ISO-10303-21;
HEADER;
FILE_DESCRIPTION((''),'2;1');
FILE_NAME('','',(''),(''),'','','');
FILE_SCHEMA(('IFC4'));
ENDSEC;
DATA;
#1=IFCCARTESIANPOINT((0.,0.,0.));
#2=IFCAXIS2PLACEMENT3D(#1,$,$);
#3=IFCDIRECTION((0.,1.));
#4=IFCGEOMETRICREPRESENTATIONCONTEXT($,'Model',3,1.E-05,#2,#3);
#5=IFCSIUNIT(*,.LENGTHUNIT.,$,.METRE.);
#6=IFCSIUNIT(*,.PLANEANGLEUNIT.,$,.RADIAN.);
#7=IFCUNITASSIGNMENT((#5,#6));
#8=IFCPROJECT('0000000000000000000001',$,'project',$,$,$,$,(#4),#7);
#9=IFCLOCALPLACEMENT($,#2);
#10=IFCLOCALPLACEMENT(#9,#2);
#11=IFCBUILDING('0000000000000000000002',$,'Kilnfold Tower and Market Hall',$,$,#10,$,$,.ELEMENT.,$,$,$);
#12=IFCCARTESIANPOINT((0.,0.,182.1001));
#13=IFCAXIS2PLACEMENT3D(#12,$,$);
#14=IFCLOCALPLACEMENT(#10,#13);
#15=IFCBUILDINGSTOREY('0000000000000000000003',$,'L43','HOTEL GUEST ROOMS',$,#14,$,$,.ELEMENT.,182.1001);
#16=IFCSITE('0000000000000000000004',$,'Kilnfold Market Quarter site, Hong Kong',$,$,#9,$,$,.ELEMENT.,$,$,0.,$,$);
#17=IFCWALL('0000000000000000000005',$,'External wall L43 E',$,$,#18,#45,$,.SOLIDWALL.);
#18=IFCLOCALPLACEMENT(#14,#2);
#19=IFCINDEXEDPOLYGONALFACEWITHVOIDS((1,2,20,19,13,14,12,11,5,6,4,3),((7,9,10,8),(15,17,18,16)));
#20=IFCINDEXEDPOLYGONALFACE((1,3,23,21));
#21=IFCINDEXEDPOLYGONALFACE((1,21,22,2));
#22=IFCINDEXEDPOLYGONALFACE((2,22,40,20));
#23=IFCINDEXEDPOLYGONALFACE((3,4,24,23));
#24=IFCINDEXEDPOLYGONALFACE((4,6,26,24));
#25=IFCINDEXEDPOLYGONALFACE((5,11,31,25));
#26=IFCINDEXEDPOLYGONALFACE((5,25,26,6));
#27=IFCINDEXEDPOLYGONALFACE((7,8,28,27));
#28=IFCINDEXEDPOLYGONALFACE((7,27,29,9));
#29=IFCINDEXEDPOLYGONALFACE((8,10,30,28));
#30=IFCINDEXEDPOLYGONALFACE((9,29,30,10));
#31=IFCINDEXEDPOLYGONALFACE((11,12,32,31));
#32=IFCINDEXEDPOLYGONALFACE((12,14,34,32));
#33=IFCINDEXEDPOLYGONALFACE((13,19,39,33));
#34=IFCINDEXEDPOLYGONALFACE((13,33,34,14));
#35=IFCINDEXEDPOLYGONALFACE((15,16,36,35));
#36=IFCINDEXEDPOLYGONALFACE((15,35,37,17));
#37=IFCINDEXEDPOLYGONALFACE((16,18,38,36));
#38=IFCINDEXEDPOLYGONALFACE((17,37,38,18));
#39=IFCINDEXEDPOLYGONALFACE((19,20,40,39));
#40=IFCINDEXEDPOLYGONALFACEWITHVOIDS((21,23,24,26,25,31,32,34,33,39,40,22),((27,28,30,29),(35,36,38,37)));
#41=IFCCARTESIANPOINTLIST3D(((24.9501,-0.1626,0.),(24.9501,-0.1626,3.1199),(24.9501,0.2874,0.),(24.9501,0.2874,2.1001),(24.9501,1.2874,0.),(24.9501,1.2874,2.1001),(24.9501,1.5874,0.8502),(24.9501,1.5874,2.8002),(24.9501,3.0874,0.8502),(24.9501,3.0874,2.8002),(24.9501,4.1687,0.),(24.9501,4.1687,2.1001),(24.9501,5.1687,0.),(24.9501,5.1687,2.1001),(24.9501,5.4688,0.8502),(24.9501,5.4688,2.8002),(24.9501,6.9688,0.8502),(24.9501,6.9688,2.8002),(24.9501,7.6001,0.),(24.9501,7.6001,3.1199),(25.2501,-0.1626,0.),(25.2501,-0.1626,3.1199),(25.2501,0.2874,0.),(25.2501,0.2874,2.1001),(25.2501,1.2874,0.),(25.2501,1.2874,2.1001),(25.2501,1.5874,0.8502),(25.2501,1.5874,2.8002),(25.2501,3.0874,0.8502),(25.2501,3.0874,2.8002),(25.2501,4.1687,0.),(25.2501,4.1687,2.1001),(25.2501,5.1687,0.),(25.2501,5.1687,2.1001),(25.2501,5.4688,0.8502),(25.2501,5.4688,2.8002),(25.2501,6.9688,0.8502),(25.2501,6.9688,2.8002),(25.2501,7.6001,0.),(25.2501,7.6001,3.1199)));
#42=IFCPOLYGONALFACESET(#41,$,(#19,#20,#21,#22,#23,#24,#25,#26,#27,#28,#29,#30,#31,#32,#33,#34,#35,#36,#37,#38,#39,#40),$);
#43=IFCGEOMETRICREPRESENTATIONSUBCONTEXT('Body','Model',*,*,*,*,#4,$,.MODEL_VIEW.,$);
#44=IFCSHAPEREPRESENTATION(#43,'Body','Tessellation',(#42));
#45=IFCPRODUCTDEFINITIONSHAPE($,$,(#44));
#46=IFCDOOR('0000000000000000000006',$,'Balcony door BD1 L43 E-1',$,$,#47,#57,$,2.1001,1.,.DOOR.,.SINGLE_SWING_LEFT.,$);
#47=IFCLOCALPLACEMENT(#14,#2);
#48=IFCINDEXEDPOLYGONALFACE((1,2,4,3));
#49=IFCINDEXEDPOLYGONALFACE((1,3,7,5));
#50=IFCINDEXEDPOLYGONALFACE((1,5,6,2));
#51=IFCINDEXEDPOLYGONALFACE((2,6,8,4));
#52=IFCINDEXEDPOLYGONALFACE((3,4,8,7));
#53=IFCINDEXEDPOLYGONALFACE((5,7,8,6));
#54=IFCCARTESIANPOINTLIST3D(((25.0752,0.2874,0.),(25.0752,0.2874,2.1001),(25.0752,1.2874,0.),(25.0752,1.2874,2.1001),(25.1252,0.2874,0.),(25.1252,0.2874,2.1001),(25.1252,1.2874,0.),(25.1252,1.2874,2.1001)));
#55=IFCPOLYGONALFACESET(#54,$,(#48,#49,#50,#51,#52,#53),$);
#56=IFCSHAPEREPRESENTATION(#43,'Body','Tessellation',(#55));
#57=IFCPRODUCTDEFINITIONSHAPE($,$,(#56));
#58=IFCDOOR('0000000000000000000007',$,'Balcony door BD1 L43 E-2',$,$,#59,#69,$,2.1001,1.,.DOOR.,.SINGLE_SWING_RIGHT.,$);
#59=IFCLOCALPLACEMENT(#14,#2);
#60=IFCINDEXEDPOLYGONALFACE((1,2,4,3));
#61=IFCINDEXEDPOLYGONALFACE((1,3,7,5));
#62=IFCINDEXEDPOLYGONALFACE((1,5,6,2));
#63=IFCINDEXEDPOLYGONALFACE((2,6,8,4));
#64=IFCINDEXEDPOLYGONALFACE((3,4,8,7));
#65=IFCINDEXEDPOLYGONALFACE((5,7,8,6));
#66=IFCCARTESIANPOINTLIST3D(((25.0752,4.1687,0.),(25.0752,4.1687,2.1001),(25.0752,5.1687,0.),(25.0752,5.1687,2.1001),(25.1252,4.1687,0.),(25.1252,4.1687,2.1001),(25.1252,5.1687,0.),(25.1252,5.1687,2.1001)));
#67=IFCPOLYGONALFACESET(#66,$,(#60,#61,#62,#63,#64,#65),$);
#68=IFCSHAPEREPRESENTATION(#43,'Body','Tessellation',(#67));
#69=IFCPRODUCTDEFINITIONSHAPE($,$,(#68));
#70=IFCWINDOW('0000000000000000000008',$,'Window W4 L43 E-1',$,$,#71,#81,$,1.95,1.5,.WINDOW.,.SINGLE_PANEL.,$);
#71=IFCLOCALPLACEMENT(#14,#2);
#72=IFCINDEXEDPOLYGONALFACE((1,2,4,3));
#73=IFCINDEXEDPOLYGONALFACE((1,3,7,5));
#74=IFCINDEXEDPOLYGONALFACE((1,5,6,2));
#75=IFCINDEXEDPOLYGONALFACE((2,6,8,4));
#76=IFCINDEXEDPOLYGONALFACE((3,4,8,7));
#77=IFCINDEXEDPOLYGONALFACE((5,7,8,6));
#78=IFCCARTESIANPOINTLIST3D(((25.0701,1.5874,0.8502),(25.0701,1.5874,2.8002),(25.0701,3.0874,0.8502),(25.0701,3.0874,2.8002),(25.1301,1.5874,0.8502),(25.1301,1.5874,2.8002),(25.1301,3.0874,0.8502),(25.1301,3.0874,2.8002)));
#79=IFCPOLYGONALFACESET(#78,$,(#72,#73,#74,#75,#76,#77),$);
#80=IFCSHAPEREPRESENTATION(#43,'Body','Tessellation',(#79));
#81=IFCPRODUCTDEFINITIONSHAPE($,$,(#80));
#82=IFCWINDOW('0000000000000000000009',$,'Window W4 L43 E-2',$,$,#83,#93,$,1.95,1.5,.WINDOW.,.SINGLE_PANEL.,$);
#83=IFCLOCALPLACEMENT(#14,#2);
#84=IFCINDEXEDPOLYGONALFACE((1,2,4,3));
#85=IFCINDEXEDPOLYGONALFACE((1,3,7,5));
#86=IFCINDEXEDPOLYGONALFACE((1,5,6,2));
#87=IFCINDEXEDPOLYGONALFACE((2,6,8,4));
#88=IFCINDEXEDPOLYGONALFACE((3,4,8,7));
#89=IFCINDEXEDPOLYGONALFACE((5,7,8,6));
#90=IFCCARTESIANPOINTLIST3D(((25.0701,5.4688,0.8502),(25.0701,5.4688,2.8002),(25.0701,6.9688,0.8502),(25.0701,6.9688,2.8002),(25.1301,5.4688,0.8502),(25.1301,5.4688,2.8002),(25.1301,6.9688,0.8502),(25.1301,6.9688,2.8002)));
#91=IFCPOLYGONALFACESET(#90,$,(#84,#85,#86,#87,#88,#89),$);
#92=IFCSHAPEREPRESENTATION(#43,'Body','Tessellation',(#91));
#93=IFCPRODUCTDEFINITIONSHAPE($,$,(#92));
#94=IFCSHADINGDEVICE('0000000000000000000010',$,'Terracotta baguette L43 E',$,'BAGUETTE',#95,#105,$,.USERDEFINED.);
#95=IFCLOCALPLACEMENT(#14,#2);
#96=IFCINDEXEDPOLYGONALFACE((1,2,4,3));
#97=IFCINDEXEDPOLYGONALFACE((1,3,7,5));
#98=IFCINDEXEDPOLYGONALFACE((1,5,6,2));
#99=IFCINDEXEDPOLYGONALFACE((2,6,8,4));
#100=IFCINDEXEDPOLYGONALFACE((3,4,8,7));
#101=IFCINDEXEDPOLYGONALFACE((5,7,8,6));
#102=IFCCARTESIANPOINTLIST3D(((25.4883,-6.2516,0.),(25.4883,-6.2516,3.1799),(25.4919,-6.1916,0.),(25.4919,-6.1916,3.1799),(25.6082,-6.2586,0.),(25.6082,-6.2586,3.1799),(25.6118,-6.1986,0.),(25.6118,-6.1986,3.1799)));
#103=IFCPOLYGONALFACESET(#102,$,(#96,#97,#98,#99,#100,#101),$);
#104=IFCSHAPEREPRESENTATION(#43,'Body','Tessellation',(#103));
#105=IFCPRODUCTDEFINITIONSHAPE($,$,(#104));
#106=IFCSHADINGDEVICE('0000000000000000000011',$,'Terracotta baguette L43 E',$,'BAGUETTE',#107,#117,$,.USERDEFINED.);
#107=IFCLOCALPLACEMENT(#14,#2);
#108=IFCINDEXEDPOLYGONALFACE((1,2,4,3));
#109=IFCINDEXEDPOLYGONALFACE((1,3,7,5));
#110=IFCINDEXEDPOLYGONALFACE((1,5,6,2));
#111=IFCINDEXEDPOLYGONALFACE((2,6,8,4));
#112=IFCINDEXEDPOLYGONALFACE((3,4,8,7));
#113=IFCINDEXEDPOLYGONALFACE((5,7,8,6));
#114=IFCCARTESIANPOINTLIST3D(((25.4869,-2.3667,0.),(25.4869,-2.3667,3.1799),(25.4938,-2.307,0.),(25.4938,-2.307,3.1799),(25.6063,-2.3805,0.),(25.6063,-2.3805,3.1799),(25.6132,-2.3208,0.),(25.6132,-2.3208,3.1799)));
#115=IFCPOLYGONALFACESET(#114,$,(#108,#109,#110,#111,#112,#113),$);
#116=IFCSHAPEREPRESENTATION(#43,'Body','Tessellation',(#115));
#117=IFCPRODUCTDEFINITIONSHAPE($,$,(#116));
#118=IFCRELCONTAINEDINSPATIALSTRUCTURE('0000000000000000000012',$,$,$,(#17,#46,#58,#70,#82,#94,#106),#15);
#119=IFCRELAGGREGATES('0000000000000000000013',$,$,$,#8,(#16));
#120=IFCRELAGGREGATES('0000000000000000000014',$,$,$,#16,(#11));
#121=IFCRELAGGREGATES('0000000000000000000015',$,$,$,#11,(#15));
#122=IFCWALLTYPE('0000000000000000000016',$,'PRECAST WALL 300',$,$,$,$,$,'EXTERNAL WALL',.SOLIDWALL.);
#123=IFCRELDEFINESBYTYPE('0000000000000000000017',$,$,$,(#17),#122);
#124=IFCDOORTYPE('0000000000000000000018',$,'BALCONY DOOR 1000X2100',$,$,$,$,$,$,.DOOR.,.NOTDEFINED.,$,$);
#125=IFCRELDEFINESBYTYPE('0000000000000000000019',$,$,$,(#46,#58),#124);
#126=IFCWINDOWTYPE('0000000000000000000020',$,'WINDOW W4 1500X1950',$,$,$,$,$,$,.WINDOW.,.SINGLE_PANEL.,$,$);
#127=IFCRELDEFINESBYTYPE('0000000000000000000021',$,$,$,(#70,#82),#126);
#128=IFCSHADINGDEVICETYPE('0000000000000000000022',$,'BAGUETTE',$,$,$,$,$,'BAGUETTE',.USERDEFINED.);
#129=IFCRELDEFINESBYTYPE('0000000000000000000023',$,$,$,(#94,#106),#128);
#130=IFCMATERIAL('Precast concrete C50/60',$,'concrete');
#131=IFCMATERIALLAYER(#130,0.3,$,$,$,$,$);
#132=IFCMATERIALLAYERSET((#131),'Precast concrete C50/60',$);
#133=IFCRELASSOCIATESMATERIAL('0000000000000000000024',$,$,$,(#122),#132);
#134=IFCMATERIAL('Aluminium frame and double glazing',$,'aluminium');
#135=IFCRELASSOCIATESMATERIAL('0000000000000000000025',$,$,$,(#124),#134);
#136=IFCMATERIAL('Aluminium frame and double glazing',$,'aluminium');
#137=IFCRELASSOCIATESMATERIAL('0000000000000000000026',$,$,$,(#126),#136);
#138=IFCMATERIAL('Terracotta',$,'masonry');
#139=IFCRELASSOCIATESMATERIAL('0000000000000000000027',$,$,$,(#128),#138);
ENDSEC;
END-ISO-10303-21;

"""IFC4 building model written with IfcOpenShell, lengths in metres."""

from ifc_helpers import new_model, si_unit, direction, frame, frame_2d, origin, origin_2d, place, context, subcontext, project, spatial, rectangle, extrude, source, transform, mapped, material, layer, layer_set, material_profile, profile_set, type_object, element, fill, save


model = new_model("IFC4")

# Units and contexts
model_context = context("Model", 3, precision=1e-05, world=origin(), true_north=direction((0.0, 1.0)))
body_context = subcontext(model_context, "Body", "Model", "MODEL_VIEW")
ifc_project = project(units=[si_unit("LENGTHUNIT", "METRE"), si_unit("PLANEANGLEUNIT", "RADIAN")], contexts=[model_context])

# Site, building, storey
site_placement = place(None, origin())
site = spatial("IfcSite", under=ifc_project, at=site_placement, Name="Kilnfold Market Quarter site, Hong Kong", CompositionType="ELEMENT", RefElevation=0.0)
building_placement = place(site_placement, origin())
building = spatial("IfcBuilding", under=site, at=building_placement, Name="Kilnfold Tower and Market Hall", CompositionType="ELEMENT")
storey_placement = place(building_placement, frame((0.0, 0.0, 182.1001)))
storey = spatial("IfcBuildingStorey", under=building, at=storey_placement, Name="L43", Description="HOTEL GUEST ROOMS", CompositionType="ELEMENT", Elevation=182.1001)

# Wall, openings, doors, windows
ifc_material_1 = material(Name="Precast concrete C50/60", Category="concrete")
ifc_layer_1 = layer(ifc_material_1, 0.3)
ifc_layer_set_1 = layer_set([ifc_layer_1], Name="Precast concrete C50/60")
wall_type_1 = type_object("IfcWallType", Name="PRECAST WALL 300", ElementType="EXTERNAL WALL", PredefinedType="SOLIDWALL", material=ifc_layer_set_1)
shared_shape_1 = source(origin(), body_context, "Body", "SweptSolid", [
    extrude(rectangle(XDim=7.7627, YDim=0.3, at=frame_2d((3.8813, 0.0))), origin(), (0.0, 0.0, 1.0), 3.1199),
])
ifc_material_2 = material(Name="Aluminium frame and double glazing", Category="aluminium")
door_type_1 = type_object("IfcDoorType", Name="BALCONY DOOR 1000X2100", OperationType="NOTDEFINED", PredefinedType="DOOR", material=ifc_material_2)
ifc_material_3 = material(Name="Aluminium frame and double glazing", Category="aluminium")
window_type = type_object("IfcWindowType", Name="WINDOW W4 1500X1950", PartitioningType="SINGLE_PANEL", PredefinedType="WINDOW", material=ifc_material_3)
wall_1_placement = place(storey_placement, frame((25.1001, -0.1626, 0.0), z_axis=(0.0, 0.0, 1.0), x_axis=(0.0, 1.0, 0.0)))
wall_1 = element("IfcWall", 1, at=wall_1_placement, inside=storey, type_object=wall_type_1, Name="External wall L43 E", PredefinedType="SOLIDWALL", context=body_context, shape_type="MappedRepresentation", body=[
    mapped(shared_shape_1, transform((0.0, 0.0, 0.0))),
])
opening_1_placement = place(wall_1_placement, frame((1.75, 0.0, 0.8501)))
opening_1 = element("IfcOpeningElement", 2, at=opening_1_placement, cuts=wall_1, PredefinedType="OPENING", context=body_context, shape_type="SweptSolid", body=[
    extrude(rectangle(XDim=1.5, YDim=1.95, at=frame_2d((0.75, 0.9751))), frame((0.0, 0.1602, 0.0), z_axis=(0.0, -1.0, 0.0), x_axis=(1.0, 0.0, 0.0)), (0.0, 0.0, 1.0), 0.3201),
])
opening_2_placement = place(wall_1_placement, frame((0.45, 0.0, 0.0)))
opening_2 = element("IfcOpeningElement", 3, at=opening_2_placement, cuts=wall_1, PredefinedType="OPENING", context=body_context, shape_type="SweptSolid", body=[
    extrude(rectangle(XDim=1.0, YDim=2.1001, at=frame_2d((0.5, 1.05))), frame((0.0, 0.1602, 0.0), z_axis=(0.0, -1.0, 0.0), x_axis=(1.0, 0.0, 0.0)), (0.0, 0.0, 1.0), 0.3201),
])
opening_3_placement = place(wall_1_placement, frame((5.6313, 0.0, 0.8501)))
opening_3 = element("IfcOpeningElement", 4, at=opening_3_placement, cuts=wall_1, PredefinedType="OPENING", context=body_context, shape_type="SweptSolid", body=[
    extrude(rectangle(XDim=1.5, YDim=1.95, at=frame_2d((0.75, 0.9751))), frame((0.0, 0.1602, 0.0), z_axis=(0.0, -1.0, 0.0), x_axis=(1.0, 0.0, 0.0)), (0.0, 0.0, 1.0), 0.3201),
])
opening_4_placement = place(wall_1_placement, frame((4.3313, 0.0, 0.0)))
opening_4 = element("IfcOpeningElement", 5, at=opening_4_placement, cuts=wall_1, PredefinedType="OPENING", context=body_context, shape_type="SweptSolid", body=[
    extrude(rectangle(XDim=1.0, YDim=2.1001, at=frame_2d((0.5, 1.05))), frame((0.0, 0.1602, 0.0), z_axis=(0.0, -1.0, 0.0), x_axis=(1.0, 0.0, 0.0)), (0.0, 0.0, 1.0), 0.3201),
])
door_1_placement = place(opening_2_placement, origin())
door_1 = element("IfcDoor", 6, at=door_1_placement, inside=storey, type_object=door_type_1, Name="Balcony door BD1 L43 E-1", OperationType="SINGLE_SWING_LEFT", OverallHeight=2.1001, OverallWidth=1.0, PredefinedType="DOOR", context=body_context, shape_type="SweptSolid", body=[
    extrude(rectangle(XDim=1.0, YDim=2.1001, at=frame_2d((0.5, 1.05))), frame((0.0, 0.0249, 0.0), z_axis=(0.0, -1.0, 0.0), x_axis=(1.0, 0.0, 0.0)), (0.0, 0.0, 1.0), 0.05),
])
fill(opening_2, door_1)
door_2_placement = place(opening_4_placement, origin())
door_2 = element("IfcDoor", 7, at=door_2_placement, inside=storey, type_object=door_type_1, Name="Balcony door BD1 L43 E-2", OperationType="SINGLE_SWING_RIGHT", OverallHeight=2.1001, OverallWidth=1.0, PredefinedType="DOOR", context=body_context, shape_type="SweptSolid", body=[
    extrude(rectangle(XDim=1.0, YDim=2.1001, at=frame_2d((0.5, 1.05))), frame((0.0, 0.0249, 0.0), z_axis=(0.0, -1.0, 0.0), x_axis=(1.0, 0.0, 0.0)), (0.0, 0.0, 1.0), 0.05),
])
fill(opening_4, door_2)
window_1_placement = place(opening_1_placement, origin())
window_1 = element("IfcWindow", 8, at=window_1_placement, inside=storey, type_object=window_type, Name="Window W4 L43 E-1", OverallHeight=1.95, OverallWidth=1.5, PartitioningType="SINGLE_PANEL", PredefinedType="WINDOW", context=body_context, shape_type="SweptSolid", body=[
    extrude(rectangle(XDim=1.5, YDim=1.95, at=frame_2d((0.75, 0.9751))), frame((0.0, 0.03, 0.0), z_axis=(0.0, -1.0, 0.0), x_axis=(1.0, 0.0, 0.0)), (0.0, 0.0, 1.0), 0.0601),
])
fill(opening_1, window_1)
window_2_placement = place(opening_3_placement, origin())
window_2 = element("IfcWindow", 9, at=window_2_placement, inside=storey, type_object=window_type, Name="Window W4 L43 E-2", OverallHeight=1.95, OverallWidth=1.5, PartitioningType="SINGLE_PANEL", PredefinedType="WINDOW", context=body_context, shape_type="SweptSolid", body=[
    extrude(rectangle(XDim=1.5, YDim=1.95, at=frame_2d((0.75, 0.9751))), frame((0.0, 0.03, 0.0), z_axis=(0.0, -1.0, 0.0), x_axis=(1.0, 0.0, 0.0)), (0.0, 0.0, 1.0), 0.0601),
])
fill(opening_3, window_2)

# Shading devices
ifc_material_4 = material(Name="Terracotta", Category="masonry")
ifc_material_profile_1 = material_profile(ifc_material_4, rectangle(XDim=0.0601, YDim=0.1201, at=origin_2d()), Name="BAG 60x120")
ifc_profile_set_1 = profile_set([ifc_material_profile_1], Name="Terracotta")
shading_device_type = type_object("IfcShadingDeviceType", Name="BAGUETTE", ElementType="BAGUETTE", PredefinedType="USERDEFINED", material=ifc_profile_set_1)
shared_shape_2 = source(origin(), body_context, "Body", "SweptSolid", [
    extrude(rectangle(XDim=0.0601, YDim=0.1201, at=origin_2d()), origin(), (0.0, 0.0, 1.0), 3.1799),
])
for number, where, z_axis, x_axis, name in (
    (10, (25.55, -6.2251, 0.0), (0.0, 0.0, 1.0), (0.05855, 0.998284, 0.0), "Terracotta baguette L43 E"),
    (11, (25.55, -2.3438, 0.0), (0.0, 0.0, 1.0), (0.114665, 0.993404, 0.0), "Terracotta baguette L43 E"),
):
    element("IfcShadingDevice", number, at=place(storey_placement, frame(where, z_axis=z_axis, x_axis=x_axis)), inside=storey, type_object=shading_device_type, Name=name, ObjectType="BAGUETTE", PredefinedType="USERDEFINED", context=body_context, shape_type="MappedRepresentation", body=[
        mapped(shared_shape_2, transform((0.0, 0.0, 0.0))),
    ])

save(model, "model.ifc")
